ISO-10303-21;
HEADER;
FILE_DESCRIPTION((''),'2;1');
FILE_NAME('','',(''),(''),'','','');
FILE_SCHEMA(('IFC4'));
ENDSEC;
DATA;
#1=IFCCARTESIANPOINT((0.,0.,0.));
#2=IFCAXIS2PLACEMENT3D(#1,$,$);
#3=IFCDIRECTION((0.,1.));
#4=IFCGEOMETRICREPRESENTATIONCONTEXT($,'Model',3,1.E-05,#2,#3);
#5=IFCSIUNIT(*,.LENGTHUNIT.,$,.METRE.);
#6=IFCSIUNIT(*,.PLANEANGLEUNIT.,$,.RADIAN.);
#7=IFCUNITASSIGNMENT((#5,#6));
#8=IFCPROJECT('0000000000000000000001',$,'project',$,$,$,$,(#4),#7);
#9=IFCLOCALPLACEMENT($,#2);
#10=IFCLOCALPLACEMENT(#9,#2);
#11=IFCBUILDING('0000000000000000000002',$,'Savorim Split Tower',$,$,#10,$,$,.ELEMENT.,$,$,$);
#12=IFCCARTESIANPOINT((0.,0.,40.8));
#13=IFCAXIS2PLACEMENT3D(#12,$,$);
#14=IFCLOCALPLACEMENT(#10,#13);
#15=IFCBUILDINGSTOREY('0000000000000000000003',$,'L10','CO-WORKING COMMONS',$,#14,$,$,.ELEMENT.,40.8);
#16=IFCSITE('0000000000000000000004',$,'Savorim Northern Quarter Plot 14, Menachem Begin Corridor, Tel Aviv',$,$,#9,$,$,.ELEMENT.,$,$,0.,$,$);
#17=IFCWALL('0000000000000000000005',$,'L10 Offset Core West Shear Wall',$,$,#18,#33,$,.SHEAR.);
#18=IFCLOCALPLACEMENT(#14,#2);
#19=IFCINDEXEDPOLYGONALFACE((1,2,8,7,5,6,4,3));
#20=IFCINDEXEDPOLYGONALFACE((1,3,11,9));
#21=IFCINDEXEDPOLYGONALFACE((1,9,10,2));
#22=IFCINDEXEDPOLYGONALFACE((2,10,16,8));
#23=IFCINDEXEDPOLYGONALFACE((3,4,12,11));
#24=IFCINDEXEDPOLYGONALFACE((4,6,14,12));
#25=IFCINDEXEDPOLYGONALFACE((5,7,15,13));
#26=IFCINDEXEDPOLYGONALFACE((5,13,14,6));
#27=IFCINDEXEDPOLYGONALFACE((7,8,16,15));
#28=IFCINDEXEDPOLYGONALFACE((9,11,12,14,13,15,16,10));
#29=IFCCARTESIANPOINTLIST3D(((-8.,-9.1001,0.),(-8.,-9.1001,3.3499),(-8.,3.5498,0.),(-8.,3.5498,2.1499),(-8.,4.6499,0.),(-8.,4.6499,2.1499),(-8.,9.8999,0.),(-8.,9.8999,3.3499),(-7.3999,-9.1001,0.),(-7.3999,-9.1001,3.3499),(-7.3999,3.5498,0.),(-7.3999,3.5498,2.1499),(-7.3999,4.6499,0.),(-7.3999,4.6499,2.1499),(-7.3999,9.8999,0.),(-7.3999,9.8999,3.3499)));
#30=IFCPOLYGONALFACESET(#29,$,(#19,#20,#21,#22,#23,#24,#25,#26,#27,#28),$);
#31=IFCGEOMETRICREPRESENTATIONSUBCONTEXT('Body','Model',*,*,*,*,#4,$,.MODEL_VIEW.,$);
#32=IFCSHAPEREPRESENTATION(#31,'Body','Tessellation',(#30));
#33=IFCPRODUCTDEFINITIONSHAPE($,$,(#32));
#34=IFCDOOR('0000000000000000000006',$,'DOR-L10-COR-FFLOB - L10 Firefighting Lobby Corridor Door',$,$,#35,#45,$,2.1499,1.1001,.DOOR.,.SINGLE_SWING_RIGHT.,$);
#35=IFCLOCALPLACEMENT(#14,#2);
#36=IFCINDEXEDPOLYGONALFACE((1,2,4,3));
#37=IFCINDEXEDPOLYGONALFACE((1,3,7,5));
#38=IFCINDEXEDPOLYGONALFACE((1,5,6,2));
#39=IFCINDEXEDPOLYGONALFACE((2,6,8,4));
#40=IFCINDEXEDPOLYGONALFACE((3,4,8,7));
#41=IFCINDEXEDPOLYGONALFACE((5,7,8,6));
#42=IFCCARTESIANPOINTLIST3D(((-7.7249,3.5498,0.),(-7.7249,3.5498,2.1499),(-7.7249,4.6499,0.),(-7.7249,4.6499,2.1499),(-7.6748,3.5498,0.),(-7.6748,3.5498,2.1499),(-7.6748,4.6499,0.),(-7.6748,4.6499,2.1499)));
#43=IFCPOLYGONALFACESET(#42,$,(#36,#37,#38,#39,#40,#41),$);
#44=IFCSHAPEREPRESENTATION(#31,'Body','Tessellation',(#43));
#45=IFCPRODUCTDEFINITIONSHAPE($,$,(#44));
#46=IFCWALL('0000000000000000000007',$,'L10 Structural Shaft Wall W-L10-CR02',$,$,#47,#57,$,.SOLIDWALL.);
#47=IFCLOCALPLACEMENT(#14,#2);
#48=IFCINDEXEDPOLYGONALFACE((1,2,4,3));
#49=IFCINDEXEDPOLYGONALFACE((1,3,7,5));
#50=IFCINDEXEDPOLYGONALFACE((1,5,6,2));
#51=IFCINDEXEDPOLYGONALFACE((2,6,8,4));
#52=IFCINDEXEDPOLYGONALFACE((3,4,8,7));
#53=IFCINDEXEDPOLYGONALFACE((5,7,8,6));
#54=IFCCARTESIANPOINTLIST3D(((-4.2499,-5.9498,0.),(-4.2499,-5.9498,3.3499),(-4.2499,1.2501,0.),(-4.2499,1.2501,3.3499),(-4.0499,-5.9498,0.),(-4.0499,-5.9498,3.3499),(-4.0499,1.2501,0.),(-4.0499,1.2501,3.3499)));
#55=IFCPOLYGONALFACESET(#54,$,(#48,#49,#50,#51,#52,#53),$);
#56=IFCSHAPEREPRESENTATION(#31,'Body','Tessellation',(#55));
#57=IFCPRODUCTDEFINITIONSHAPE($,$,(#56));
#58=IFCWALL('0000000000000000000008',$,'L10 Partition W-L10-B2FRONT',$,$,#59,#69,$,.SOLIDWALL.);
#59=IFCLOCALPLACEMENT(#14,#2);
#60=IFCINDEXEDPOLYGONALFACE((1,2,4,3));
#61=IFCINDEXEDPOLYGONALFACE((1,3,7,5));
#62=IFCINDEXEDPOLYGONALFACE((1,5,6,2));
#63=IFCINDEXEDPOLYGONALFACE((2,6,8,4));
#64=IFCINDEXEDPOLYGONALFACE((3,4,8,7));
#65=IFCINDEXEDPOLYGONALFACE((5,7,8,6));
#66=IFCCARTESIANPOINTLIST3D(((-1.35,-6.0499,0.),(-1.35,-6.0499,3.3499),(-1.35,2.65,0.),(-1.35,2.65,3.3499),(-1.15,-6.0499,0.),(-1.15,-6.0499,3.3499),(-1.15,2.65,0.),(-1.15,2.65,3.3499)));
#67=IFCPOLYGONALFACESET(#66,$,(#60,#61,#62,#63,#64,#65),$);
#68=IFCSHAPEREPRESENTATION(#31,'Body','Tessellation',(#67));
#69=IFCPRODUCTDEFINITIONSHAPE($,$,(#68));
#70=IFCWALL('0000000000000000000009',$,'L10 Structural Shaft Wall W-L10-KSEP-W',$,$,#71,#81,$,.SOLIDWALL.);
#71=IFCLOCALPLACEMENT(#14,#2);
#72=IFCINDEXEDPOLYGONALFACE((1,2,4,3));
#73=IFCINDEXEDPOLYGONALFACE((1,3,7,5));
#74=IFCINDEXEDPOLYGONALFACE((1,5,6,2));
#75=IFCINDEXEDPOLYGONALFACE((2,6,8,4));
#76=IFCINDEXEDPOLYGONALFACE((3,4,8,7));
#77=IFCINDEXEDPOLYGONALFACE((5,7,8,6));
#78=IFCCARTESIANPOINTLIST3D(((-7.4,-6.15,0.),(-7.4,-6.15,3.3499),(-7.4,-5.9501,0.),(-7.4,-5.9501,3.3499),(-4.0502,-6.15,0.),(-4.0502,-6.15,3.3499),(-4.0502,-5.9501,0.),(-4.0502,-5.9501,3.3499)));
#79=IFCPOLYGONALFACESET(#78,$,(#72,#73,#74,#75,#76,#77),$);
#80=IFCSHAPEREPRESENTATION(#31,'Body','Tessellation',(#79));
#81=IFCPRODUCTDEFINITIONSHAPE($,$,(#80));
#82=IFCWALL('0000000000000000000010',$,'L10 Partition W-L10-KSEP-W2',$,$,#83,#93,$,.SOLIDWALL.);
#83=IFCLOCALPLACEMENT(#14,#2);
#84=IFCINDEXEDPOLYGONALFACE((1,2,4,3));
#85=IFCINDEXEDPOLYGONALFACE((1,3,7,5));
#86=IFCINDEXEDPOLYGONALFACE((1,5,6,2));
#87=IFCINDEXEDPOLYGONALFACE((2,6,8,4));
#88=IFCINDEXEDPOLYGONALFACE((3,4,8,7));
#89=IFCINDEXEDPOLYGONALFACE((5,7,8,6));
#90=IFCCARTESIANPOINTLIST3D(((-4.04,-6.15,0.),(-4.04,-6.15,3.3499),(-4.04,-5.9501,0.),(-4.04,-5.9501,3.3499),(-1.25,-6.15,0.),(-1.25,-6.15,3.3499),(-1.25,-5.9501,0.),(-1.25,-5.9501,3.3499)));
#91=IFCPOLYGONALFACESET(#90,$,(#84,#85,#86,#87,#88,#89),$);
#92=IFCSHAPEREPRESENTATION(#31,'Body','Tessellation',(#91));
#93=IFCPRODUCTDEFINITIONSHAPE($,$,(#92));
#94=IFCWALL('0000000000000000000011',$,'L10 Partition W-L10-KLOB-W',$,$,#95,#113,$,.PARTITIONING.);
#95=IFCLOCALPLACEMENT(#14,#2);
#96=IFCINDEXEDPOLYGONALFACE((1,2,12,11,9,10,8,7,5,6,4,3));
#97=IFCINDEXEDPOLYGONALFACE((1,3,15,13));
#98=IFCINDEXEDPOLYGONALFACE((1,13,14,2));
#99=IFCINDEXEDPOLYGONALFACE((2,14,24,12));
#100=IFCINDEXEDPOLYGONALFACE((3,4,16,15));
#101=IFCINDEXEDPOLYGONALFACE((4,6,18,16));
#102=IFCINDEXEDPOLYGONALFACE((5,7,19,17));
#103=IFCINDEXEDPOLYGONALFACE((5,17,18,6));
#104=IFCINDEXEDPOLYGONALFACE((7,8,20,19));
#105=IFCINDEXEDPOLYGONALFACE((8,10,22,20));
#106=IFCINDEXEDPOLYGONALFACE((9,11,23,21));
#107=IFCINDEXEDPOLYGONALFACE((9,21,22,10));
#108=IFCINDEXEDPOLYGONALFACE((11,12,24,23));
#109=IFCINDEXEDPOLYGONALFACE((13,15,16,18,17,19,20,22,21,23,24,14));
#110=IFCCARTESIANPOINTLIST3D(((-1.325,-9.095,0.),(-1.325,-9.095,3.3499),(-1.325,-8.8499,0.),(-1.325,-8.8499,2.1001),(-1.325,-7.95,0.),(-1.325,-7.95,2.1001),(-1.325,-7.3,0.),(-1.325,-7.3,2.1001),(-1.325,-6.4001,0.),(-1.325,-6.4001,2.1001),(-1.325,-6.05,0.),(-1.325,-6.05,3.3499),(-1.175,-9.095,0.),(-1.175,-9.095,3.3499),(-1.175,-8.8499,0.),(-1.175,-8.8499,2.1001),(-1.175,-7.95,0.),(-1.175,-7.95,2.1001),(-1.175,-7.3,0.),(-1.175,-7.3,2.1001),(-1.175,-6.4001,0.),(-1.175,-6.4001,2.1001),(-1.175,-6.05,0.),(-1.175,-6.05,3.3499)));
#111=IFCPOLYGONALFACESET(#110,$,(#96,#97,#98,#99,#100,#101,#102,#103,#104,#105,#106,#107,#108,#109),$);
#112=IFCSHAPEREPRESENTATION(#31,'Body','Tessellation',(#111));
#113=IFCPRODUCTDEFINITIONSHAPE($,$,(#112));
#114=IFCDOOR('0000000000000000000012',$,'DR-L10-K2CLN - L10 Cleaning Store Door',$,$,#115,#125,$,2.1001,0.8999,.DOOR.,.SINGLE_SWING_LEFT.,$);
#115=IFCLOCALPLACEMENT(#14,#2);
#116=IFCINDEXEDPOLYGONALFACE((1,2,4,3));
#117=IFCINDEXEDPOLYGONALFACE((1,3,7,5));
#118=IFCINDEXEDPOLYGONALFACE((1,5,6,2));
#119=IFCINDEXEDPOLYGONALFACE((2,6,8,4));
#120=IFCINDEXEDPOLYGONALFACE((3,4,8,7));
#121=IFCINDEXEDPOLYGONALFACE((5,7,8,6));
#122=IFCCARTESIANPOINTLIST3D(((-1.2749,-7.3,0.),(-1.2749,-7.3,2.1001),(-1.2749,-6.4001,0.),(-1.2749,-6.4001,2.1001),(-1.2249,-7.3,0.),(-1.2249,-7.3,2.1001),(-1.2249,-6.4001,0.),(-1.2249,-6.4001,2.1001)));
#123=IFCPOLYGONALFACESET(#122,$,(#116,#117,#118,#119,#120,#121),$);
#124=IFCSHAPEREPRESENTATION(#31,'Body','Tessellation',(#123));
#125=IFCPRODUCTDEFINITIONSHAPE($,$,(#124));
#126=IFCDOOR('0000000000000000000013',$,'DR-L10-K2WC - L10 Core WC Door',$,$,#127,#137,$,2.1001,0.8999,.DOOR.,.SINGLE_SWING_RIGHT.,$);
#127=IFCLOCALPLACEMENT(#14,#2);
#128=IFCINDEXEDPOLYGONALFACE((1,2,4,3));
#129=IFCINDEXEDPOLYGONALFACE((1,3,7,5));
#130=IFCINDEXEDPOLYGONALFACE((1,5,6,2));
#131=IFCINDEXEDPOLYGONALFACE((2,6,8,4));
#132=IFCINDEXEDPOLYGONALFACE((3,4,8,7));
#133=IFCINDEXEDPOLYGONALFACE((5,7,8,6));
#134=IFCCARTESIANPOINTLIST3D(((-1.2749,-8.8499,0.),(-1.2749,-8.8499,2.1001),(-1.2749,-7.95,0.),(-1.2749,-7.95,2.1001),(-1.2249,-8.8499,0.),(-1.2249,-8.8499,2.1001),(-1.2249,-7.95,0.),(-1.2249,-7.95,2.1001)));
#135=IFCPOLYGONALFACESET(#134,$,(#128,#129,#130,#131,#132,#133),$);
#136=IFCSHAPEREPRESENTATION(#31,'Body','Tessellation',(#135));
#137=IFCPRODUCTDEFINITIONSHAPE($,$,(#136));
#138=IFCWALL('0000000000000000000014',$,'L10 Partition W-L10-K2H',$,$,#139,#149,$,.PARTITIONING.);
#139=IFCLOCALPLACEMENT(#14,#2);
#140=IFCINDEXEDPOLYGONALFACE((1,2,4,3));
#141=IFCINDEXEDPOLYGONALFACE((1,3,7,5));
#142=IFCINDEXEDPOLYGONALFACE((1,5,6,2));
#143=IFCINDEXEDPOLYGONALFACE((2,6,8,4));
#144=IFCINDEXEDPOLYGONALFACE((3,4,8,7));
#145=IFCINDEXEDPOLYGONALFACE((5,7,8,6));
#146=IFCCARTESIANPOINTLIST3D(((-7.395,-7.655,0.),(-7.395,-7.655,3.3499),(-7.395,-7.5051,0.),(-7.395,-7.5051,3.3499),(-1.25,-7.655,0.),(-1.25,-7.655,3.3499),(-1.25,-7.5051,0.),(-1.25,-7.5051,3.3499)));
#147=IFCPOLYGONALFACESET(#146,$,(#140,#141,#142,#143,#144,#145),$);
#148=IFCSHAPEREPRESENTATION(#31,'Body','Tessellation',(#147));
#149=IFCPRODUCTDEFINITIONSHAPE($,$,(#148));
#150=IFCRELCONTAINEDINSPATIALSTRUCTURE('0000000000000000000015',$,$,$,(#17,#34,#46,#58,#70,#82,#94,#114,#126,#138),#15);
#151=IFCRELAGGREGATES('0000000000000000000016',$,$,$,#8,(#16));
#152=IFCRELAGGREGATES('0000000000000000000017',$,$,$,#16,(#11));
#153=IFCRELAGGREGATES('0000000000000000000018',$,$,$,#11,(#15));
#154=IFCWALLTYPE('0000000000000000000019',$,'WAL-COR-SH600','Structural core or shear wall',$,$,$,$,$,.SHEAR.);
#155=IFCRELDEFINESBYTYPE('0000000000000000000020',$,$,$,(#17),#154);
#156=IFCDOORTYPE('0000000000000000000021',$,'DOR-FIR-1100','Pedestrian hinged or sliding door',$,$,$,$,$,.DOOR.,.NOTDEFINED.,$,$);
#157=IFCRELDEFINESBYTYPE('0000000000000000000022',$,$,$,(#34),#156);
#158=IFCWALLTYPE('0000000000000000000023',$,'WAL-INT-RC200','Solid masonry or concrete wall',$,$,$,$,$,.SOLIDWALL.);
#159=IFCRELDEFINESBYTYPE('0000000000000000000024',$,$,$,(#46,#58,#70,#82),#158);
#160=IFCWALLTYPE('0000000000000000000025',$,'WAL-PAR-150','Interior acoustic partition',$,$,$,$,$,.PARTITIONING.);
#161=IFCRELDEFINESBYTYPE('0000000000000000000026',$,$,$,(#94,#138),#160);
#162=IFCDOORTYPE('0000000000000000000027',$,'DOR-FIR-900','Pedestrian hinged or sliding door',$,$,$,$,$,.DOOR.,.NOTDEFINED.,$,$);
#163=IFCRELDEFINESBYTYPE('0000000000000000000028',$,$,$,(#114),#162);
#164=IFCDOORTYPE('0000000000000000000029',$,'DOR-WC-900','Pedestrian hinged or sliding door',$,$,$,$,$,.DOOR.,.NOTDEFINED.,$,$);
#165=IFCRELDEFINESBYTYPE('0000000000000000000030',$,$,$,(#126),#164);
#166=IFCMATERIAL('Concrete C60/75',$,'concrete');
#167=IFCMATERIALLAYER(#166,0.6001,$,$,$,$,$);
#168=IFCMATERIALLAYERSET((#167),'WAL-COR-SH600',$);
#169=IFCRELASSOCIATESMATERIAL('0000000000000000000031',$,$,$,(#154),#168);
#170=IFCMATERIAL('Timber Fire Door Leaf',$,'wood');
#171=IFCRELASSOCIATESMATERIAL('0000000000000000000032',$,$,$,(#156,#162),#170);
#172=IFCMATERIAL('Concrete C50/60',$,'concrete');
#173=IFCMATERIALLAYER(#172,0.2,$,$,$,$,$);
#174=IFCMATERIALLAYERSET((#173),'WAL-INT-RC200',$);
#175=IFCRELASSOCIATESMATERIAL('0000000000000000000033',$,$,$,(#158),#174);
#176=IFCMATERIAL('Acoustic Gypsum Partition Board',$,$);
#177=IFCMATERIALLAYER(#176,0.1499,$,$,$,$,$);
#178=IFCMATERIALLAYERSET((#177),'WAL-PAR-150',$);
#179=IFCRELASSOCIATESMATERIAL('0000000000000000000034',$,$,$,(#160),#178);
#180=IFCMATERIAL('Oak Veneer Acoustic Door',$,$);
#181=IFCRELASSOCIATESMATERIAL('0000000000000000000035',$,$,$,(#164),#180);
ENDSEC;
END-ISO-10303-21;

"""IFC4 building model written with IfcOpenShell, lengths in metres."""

from ifc_helpers import new_model, si_unit, direction, frame, frame_2d, origin, place, context, subcontext, project, spatial, rectangle, extrude, material, layer, layer_set, type_object, element, fill, save


model = new_model("IFC4")

# Units and contexts
model_context = context("Model", 3, precision=1e-05, world=origin(), true_north=direction((0.0, 1.0)))
body_context = subcontext(model_context, "Body", "Model", "MODEL_VIEW")
ifc_project = project(units=[si_unit("LENGTHUNIT", "METRE"), si_unit("PLANEANGLEUNIT", "RADIAN")], contexts=[model_context])

# Site, building, storey
site_placement = place(None, origin())
site = spatial("IfcSite", under=ifc_project, at=site_placement, Name="Savorim Northern Quarter Plot 14, Menachem Begin Corridor, Tel Aviv", CompositionType="ELEMENT", RefElevation=0.0)
building_placement = place(site_placement, origin())
building = spatial("IfcBuilding", under=site, at=building_placement, Name="Savorim Split Tower", CompositionType="ELEMENT")
storey_placement = place(building_placement, frame((0.0, 0.0, 40.8)))
storey = spatial("IfcBuildingStorey", under=building, at=storey_placement, Name="L10", Description="CO-WORKING COMMONS", CompositionType="ELEMENT", Elevation=40.8)

# Wall, opening, door
ifc_material_1 = material(Name="Concrete C60/75", Category="concrete")
ifc_layer_1 = layer(ifc_material_1, 0.6001)
ifc_layer_set_1 = layer_set([ifc_layer_1], Name="WAL-COR-SH600")
wall_type_1 = type_object("IfcWallType", Name="WAL-COR-SH600", Description="Structural core or shear wall", PredefinedType="SHEAR", material=ifc_layer_set_1)
ifc_material_2 = material(Name="Timber Fire Door Leaf", Category="wood")
wall_1_placement = place(storey_placement, frame((-7.7, -9.1001, 0.0), z_axis=(0.0, 0.0, 1.0), x_axis=(0.0, 1.0, 0.0)))
wall_1 = element("IfcWall", 1, at=wall_1_placement, inside=storey, type_object=wall_type_1, Name="L10 Offset Core West Shear Wall", PredefinedType="SHEAR", context=body_context, shape_type="SweptSolid", body=[
    extrude(rectangle(XDim=19.0, YDim=0.6001, at=frame_2d((9.5, 0.0))), origin(), (0.0, 0.0, 1.0), 3.3499),
])
opening_1_placement = place(wall_1_placement, frame((12.6499, 0.0, 0.0)))
opening_1 = element("IfcOpeningElement", 2, at=opening_1_placement, cuts=wall_1, PredefinedType="OPENING", context=body_context, shape_type="SweptSolid", body=[
    extrude(rectangle(XDim=1.1001, YDim=2.1499, at=frame_2d((0.55, 1.075))), frame((0.0, 0.3101, 0.0), z_axis=(0.0, -1.0, 0.0), x_axis=(1.0, 0.0, 0.0)), (0.0, 0.0, 1.0), 0.6201),
])
door_type_1 = type_object("IfcDoorType", Name="DOR-FIR-1100", Description="Pedestrian hinged or sliding door", OperationType="NOTDEFINED", PredefinedType="DOOR", material=ifc_material_2)
door_1_placement = place(opening_1_placement, origin())
door_1 = element("IfcDoor", 3, at=door_1_placement, inside=storey, type_object=door_type_1, Name="DOR-L10-COR-FFLOB - L10 Firefighting Lobby Corridor Door", OperationType="SINGLE_SWING_RIGHT", OverallHeight=2.1499, OverallWidth=1.1001, PredefinedType="DOOR", context=body_context, shape_type="SweptSolid", body=[
    extrude(rectangle(XDim=1.1001, YDim=2.1499, at=frame_2d((0.55, 1.075))), frame((0.0, 0.0249, 0.0), z_axis=(0.0, -1.0, 0.0), x_axis=(1.0, 0.0, 0.0)), (0.0, 0.0, 1.0), 0.05),
])
fill(opening_1, door_1)

# Walls
ifc_material_3 = material(Name="Concrete C50/60", Category="concrete")
ifc_layer_2 = layer(ifc_material_3, 0.2)
ifc_layer_set_2 = layer_set([ifc_layer_2], Name="WAL-INT-RC200")
wall_type_2 = type_object("IfcWallType", Name="WAL-INT-RC200", Description="Solid masonry or concrete wall", PredefinedType="SOLIDWALL", material=ifc_layer_set_2)
wall_2_placement = place(storey_placement, frame((-4.1499, -5.95, 0.0), z_axis=(0.0, 0.0, 1.0), x_axis=(0.0, 1.0, 0.0)))
element("IfcWall", 4, at=wall_2_placement, inside=storey, type_object=wall_type_2, Name="L10 Structural Shaft Wall W-L10-CR02", PredefinedType="SOLIDWALL", context=body_context, shape_type="SweptSolid", body=[
    extrude(rectangle(XDim=7.2, YDim=0.2, at=frame_2d((3.6001, 0.0))), origin(), (0.0, 0.0, 1.0), 3.3499),
])
wall_3_placement = place(storey_placement, frame((-1.25, -6.05, 0.0), z_axis=(0.0, 0.0, 1.0), x_axis=(0.0, 1.0, 0.0)))
element("IfcWall", 5, at=wall_3_placement, inside=storey, type_object=wall_type_2, Name="L10 Partition W-L10-B2FRONT", PredefinedType="SOLIDWALL", context=body_context, shape_type="SweptSolid", body=[
    extrude(rectangle(XDim=8.7, YDim=0.2, at=frame_2d((4.3501, 0.0))), origin(), (0.0, 0.0, 1.0), 3.3499),
])
wall_4_placement = place(storey_placement, frame((-7.3999, -6.05, 0.0), z_axis=(0.0, 0.0, 1.0), x_axis=(1.0, 0.0, 0.0)))
element("IfcWall", 6, at=wall_4_placement, inside=storey, type_object=wall_type_2, Name="L10 Structural Shaft Wall W-L10-KSEP-W", PredefinedType="SOLIDWALL", context=body_context, shape_type="SweptSolid", body=[
    extrude(rectangle(XDim=3.3499, YDim=0.2, at=frame_2d((1.6748, 0.0))), origin(), (0.0, 0.0, 1.0), 3.3499),
])
wall_5_placement = place(storey_placement, frame((-4.04, -6.05, 0.0), z_axis=(0.0, 0.0, 1.0), x_axis=(1.0, 0.0, 0.0)))
element("IfcWall", 7, at=wall_5_placement, inside=storey, type_object=wall_type_2, Name="L10 Partition W-L10-KSEP-W2", PredefinedType="SOLIDWALL", context=body_context, shape_type="SweptSolid", body=[
    extrude(rectangle(XDim=2.79, YDim=0.2, at=frame_2d((1.395, 0.0))), origin(), (0.0, 0.0, 1.0), 3.3499),
])

# Wall, openings, doors
ifc_material_4 = material(Name="Acoustic Gypsum Partition Board")
ifc_layer_3 = layer(ifc_material_4, 0.1499)
ifc_layer_set_3 = layer_set([ifc_layer_3], Name="WAL-PAR-150")
wall_type_3 = type_object("IfcWallType", Name="WAL-PAR-150", Description="Interior acoustic partition", PredefinedType="PARTITIONING", material=ifc_layer_set_3)
wall_6_placement = place(storey_placement, frame((-1.25, -9.095, 0.0), z_axis=(0.0, 0.0, 1.0), x_axis=(0.0, 1.0, 0.0)))
wall_6 = element("IfcWall", 8, at=wall_6_placement, inside=storey, type_object=wall_type_3, Name="L10 Partition W-L10-KLOB-W", PredefinedType="PARTITIONING", context=body_context, shape_type="SweptSolid", body=[
    extrude(rectangle(XDim=3.0449, YDim=0.1499, at=frame_2d((1.5225, 0.0))), origin(), (0.0, 0.0, 1.0), 3.3499),
])
opening_2_placement = place(wall_6_placement, frame((1.7949, 0.0, 0.0)))
opening_2 = element("IfcOpeningElement", 9, at=opening_2_placement, cuts=wall_6, PredefinedType="OPENING", context=body_context, shape_type="SweptSolid", body=[
    extrude(rectangle(XDim=0.8999, YDim=2.1001, at=frame_2d((0.45, 1.05))), frame((0.0, 0.085, 0.0), z_axis=(0.0, -1.0, 0.0), x_axis=(1.0, 0.0, 0.0)), (0.0, 0.0, 1.0), 0.1699),
])
opening_3_placement = place(wall_6_placement, frame((0.2451, 0.0, 0.0)))
opening_3 = element("IfcOpeningElement", 10, at=opening_3_placement, cuts=wall_6, PredefinedType="OPENING", context=body_context, shape_type="SweptSolid", body=[
    extrude(rectangle(XDim=0.8999, YDim=2.1001, at=frame_2d((0.45, 1.05))), frame((0.0, 0.085, 0.0), z_axis=(0.0, -1.0, 0.0), x_axis=(1.0, 0.0, 0.0)), (0.0, 0.0, 1.0), 0.1699),
])
door_type_2 = type_object("IfcDoorType", Name="DOR-FIR-900", Description="Pedestrian hinged or sliding door", OperationType="NOTDEFINED", PredefinedType="DOOR", material=ifc_material_2)
door_2_placement = place(opening_2_placement, origin())
door_2 = element("IfcDoor", 11, at=door_2_placement, inside=storey, type_object=door_type_2, Name="DR-L10-K2CLN - L10 Cleaning Store Door", OperationType="SINGLE_SWING_LEFT", OverallHeight=2.1001, OverallWidth=0.8999, PredefinedType="DOOR", context=body_context, shape_type="SweptSolid", body=[
    extrude(rectangle(XDim=0.8999, YDim=2.1001, at=frame_2d((0.45, 1.05))), frame((0.0, 0.0249, 0.0), z_axis=(0.0, -1.0, 0.0), x_axis=(1.0, 0.0, 0.0)), (0.0, 0.0, 1.0), 0.05),
])
fill(opening_2, door_2)
ifc_material_5 = material(Name="Oak Veneer Acoustic Door")
door_type_3 = type_object("IfcDoorType", Name="DOR-WC-900", Description="Pedestrian hinged or sliding door", OperationType="NOTDEFINED", PredefinedType="DOOR", material=ifc_material_5)
door_3_placement = place(opening_3_placement, origin())
door_3 = element("IfcDoor", 12, at=door_3_placement, inside=storey, type_object=door_type_3, Name="DR-L10-K2WC - L10 Core WC Door", OperationType="SINGLE_SWING_RIGHT", OverallHeight=2.1001, OverallWidth=0.8999, PredefinedType="DOOR", context=body_context, shape_type="SweptSolid", body=[
    extrude(rectangle(XDim=0.8999, YDim=2.1001, at=frame_2d((0.45, 1.05))), frame((0.0, 0.0249, 0.0), z_axis=(0.0, -1.0, 0.0), x_axis=(1.0, 0.0, 0.0)), (0.0, 0.0, 1.0), 0.05),
])
fill(opening_3, door_3)

# Wall
wall_7_placement = place(storey_placement, frame((-7.395, -7.5801, 0.0), z_axis=(0.0, 0.0, 1.0), x_axis=(1.0, 0.0, 0.0)))
element("IfcWall", 13, at=wall_7_placement, inside=storey, type_object=wall_type_3, Name="L10 Partition W-L10-K2H", PredefinedType="PARTITIONING", context=body_context, shape_type="SweptSolid", body=[
    extrude(rectangle(XDim=6.145, YDim=0.1499, at=frame_2d((3.0725, 0.0))), origin(), (0.0, 0.0, 1.0), 3.3499),
])

save(model, "model.ifc")
